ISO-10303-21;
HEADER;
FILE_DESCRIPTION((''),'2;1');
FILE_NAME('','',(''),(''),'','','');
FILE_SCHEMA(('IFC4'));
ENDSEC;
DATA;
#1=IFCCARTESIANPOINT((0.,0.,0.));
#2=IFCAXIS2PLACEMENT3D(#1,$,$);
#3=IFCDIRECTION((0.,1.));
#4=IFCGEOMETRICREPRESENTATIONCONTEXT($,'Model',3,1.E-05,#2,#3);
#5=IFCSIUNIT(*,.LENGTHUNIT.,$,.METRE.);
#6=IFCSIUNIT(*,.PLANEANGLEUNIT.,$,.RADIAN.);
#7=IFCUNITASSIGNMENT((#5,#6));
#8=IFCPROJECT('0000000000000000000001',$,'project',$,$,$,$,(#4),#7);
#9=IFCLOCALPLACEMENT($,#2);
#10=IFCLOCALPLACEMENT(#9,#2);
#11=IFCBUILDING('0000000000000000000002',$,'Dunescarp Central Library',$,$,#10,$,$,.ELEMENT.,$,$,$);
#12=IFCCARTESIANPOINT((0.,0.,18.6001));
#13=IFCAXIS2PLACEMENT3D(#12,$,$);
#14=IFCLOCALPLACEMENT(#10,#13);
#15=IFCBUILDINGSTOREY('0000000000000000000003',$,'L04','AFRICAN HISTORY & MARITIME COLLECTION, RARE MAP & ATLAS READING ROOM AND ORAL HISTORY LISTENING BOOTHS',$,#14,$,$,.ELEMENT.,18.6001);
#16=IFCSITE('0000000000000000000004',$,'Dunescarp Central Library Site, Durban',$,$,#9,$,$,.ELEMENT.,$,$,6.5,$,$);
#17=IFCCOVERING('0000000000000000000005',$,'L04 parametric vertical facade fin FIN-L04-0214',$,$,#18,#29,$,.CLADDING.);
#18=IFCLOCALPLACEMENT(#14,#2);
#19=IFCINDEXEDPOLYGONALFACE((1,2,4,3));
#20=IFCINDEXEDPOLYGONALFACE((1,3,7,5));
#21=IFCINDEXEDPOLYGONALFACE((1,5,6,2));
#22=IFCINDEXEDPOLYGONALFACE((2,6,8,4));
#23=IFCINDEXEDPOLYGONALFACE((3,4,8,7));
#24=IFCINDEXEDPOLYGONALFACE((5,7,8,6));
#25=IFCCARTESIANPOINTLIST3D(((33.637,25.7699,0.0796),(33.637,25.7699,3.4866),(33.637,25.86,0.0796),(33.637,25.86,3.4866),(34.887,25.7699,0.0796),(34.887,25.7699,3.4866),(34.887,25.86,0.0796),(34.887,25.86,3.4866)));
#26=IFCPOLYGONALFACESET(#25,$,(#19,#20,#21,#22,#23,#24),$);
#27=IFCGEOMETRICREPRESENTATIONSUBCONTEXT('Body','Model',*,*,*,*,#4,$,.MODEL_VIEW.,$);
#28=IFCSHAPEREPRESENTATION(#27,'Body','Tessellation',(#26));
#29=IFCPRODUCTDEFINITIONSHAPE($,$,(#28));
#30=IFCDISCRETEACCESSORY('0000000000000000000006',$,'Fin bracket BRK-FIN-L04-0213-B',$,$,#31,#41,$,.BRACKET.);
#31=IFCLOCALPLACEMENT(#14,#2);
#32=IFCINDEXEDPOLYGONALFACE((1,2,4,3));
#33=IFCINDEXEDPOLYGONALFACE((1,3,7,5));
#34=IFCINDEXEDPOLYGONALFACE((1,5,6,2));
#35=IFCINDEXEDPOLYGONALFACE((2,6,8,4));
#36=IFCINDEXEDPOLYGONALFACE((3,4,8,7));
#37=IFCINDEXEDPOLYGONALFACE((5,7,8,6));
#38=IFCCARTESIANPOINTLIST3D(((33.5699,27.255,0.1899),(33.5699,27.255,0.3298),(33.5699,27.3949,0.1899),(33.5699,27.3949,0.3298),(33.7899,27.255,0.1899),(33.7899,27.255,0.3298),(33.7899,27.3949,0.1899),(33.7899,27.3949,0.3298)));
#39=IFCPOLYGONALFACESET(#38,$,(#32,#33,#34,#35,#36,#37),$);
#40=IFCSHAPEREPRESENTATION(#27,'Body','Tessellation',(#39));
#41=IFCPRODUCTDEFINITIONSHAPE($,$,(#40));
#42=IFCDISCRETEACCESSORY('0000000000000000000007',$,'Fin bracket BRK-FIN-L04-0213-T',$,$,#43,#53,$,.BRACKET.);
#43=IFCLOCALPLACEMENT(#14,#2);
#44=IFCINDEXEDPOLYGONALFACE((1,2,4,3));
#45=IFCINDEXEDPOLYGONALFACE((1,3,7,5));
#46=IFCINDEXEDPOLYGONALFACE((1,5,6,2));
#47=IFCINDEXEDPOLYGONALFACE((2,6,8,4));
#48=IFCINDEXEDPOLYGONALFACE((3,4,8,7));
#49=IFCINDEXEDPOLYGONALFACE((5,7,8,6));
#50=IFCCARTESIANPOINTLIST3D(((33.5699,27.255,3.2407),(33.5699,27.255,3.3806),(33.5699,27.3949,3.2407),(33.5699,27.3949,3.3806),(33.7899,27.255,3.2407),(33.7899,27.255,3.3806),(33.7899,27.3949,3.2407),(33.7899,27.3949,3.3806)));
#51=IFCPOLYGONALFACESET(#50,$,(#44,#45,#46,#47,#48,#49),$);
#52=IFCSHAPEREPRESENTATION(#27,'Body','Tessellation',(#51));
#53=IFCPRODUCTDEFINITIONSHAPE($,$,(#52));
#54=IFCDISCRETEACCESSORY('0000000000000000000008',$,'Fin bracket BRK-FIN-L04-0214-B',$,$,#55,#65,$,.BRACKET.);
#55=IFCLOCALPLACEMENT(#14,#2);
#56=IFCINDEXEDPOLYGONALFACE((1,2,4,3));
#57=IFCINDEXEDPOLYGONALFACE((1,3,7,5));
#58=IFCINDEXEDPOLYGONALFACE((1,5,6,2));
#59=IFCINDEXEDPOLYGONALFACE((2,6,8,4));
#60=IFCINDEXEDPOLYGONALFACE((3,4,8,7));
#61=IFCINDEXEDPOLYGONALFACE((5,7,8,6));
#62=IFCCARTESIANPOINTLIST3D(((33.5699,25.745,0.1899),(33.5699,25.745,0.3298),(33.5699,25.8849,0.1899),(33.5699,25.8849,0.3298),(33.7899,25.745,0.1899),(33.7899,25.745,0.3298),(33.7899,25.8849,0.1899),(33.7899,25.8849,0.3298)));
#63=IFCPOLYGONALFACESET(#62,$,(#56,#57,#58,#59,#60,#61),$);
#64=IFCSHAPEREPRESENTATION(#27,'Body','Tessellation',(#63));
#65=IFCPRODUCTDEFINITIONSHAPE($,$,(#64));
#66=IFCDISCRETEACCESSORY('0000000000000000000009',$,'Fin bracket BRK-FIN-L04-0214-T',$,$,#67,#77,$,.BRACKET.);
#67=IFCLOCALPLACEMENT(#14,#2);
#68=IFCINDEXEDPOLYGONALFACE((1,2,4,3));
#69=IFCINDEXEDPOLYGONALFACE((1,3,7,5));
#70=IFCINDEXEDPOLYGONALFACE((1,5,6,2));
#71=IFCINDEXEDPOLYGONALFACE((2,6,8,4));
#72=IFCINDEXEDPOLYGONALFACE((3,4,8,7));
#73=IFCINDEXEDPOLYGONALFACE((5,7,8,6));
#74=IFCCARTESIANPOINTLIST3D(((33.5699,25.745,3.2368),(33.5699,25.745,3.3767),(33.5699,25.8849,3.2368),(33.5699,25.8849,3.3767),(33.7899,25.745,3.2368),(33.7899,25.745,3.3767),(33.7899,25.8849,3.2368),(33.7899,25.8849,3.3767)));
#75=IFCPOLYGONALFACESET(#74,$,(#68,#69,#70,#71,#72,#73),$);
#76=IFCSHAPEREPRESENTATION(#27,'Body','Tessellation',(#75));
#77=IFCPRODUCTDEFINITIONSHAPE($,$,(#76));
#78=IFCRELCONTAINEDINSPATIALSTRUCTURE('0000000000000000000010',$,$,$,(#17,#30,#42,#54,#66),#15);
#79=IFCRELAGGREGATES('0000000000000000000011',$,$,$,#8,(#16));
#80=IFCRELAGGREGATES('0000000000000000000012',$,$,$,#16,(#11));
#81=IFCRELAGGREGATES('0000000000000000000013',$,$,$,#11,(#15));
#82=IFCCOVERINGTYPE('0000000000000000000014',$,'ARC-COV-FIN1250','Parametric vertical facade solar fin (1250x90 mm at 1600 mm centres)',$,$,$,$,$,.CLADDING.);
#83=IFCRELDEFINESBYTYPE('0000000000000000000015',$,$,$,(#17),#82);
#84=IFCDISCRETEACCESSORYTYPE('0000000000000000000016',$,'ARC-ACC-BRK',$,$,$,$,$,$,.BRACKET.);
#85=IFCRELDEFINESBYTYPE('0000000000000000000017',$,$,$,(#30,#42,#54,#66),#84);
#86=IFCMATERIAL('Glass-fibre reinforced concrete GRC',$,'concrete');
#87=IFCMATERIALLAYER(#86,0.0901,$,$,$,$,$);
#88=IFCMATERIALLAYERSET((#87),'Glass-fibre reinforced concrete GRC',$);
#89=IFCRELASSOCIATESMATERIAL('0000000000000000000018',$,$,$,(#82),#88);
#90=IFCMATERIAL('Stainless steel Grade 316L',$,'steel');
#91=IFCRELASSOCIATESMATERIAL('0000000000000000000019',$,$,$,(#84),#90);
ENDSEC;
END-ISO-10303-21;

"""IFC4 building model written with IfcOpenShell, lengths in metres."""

from ifc_helpers import new_model, si_unit, direction, frame, origin, origin_2d, place, context, subcontext, project, spatial, rectangle, extrude, material, layer, layer_set, type_object, element, save


model = new_model("IFC4")

# Units and contexts
model_context = context("Model", 3, precision=1e-05, world=origin(), true_north=direction((0.0, 1.0)))
body_context = subcontext(model_context, "Body", "Model", "MODEL_VIEW")
ifc_project = project(units=[si_unit("LENGTHUNIT", "METRE"), si_unit("PLANEANGLEUNIT", "RADIAN")], contexts=[model_context])

# Site, building, storey
site_placement = place(None, origin())
site = spatial("IfcSite", under=ifc_project, at=site_placement, Name="Dunescarp Central Library Site, Durban", CompositionType="ELEMENT", RefElevation=6.5)
building_placement = place(site_placement, origin())
building = spatial("IfcBuilding", under=site, at=building_placement, Name="Dunescarp Central Library", CompositionType="ELEMENT")
storey_placement = place(building_placement, frame((0.0, 0.0, 18.6001)))
storey = spatial("IfcBuildingStorey", under=building, at=storey_placement, Name="L04", Description="AFRICAN HISTORY & MARITIME COLLECTION, RARE MAP & ATLAS READING ROOM AND ORAL HISTORY LISTENING BOOTHS", CompositionType="ELEMENT", Elevation=18.6001)

# Shared definitions
ifc_material_1 = material(Name="Glass-fibre reinforced concrete GRC", Category="concrete")

# Covering
ifc_layer_1 = layer(ifc_material_1, 0.0901)
ifc_layer_set_1 = layer_set([ifc_layer_1], Name="Glass-fibre reinforced concrete GRC")
covering_type = type_object("IfcCoveringType", Name="ARC-COV-FIN1250", Description="Parametric vertical facade solar fin (1250x90 mm at 1600 mm centres)", PredefinedType="CLADDING", material=ifc_layer_set_1)
covering_1_placement = place(storey_placement, frame((34.262, 25.8149, 0.0796), z_axis=(0.0, 0.0, 1.0), x_axis=(1.0, 0.0, 0.0)))
element("IfcCovering", 1, at=covering_1_placement, inside=storey, type_object=covering_type, Name="L04 parametric vertical facade fin FIN-L04-0214", PredefinedType="CLADDING", context=body_context, shape_type="SweptSolid", body=[
    extrude(rectangle(XDim=1.25, YDim=0.0901, at=origin_2d()), origin(), (0.0, 0.0, 1.0), 3.407),
])

# Discrete accessories
ifc_material_2 = material(Name="Stainless steel Grade 316L", Category="steel")
discrete_accessory_type = type_object("IfcDiscreteAccessoryType", Name="ARC-ACC-BRK", PredefinedType="BRACKET", material=ifc_material_2)
for number, where, z_axis, x_axis, name in (
    (2, (33.6799, 27.325, 0.1899), (0.0, 0.0, 1.0), (1.0, 0.0, 0.0), "Fin bracket BRK-FIN-L04-0213-B"),
    (3, (33.6799, 27.325, 3.2407), (0.0, 0.0, 1.0), (1.0, 0.0, 0.0), "Fin bracket BRK-FIN-L04-0213-T"),
    (4, (33.6799, 25.8149, 0.1899), (0.0, 0.0, 1.0), (1.0, 0.0, 0.0), "Fin bracket BRK-FIN-L04-0214-B"),
    (5, (33.6799, 25.8149, 3.2368), (0.0, 0.0, 1.0), (1.0, 0.0, 0.0), "Fin bracket BRK-FIN-L04-0214-T"),
):
    element("IfcDiscreteAccessory", number, at=place(storey_placement, frame(where, z_axis=z_axis, x_axis=x_axis)), inside=storey, type_object=discrete_accessory_type, Name=name, PredefinedType="BRACKET", context=body_context, shape_type="SweptSolid", body=[
        extrude(rectangle(XDim=0.22, YDim=0.1399, at=origin_2d()), origin(), (0.0, 0.0, 1.0), 0.1399),
    ])

save(model, "model.ifc")
